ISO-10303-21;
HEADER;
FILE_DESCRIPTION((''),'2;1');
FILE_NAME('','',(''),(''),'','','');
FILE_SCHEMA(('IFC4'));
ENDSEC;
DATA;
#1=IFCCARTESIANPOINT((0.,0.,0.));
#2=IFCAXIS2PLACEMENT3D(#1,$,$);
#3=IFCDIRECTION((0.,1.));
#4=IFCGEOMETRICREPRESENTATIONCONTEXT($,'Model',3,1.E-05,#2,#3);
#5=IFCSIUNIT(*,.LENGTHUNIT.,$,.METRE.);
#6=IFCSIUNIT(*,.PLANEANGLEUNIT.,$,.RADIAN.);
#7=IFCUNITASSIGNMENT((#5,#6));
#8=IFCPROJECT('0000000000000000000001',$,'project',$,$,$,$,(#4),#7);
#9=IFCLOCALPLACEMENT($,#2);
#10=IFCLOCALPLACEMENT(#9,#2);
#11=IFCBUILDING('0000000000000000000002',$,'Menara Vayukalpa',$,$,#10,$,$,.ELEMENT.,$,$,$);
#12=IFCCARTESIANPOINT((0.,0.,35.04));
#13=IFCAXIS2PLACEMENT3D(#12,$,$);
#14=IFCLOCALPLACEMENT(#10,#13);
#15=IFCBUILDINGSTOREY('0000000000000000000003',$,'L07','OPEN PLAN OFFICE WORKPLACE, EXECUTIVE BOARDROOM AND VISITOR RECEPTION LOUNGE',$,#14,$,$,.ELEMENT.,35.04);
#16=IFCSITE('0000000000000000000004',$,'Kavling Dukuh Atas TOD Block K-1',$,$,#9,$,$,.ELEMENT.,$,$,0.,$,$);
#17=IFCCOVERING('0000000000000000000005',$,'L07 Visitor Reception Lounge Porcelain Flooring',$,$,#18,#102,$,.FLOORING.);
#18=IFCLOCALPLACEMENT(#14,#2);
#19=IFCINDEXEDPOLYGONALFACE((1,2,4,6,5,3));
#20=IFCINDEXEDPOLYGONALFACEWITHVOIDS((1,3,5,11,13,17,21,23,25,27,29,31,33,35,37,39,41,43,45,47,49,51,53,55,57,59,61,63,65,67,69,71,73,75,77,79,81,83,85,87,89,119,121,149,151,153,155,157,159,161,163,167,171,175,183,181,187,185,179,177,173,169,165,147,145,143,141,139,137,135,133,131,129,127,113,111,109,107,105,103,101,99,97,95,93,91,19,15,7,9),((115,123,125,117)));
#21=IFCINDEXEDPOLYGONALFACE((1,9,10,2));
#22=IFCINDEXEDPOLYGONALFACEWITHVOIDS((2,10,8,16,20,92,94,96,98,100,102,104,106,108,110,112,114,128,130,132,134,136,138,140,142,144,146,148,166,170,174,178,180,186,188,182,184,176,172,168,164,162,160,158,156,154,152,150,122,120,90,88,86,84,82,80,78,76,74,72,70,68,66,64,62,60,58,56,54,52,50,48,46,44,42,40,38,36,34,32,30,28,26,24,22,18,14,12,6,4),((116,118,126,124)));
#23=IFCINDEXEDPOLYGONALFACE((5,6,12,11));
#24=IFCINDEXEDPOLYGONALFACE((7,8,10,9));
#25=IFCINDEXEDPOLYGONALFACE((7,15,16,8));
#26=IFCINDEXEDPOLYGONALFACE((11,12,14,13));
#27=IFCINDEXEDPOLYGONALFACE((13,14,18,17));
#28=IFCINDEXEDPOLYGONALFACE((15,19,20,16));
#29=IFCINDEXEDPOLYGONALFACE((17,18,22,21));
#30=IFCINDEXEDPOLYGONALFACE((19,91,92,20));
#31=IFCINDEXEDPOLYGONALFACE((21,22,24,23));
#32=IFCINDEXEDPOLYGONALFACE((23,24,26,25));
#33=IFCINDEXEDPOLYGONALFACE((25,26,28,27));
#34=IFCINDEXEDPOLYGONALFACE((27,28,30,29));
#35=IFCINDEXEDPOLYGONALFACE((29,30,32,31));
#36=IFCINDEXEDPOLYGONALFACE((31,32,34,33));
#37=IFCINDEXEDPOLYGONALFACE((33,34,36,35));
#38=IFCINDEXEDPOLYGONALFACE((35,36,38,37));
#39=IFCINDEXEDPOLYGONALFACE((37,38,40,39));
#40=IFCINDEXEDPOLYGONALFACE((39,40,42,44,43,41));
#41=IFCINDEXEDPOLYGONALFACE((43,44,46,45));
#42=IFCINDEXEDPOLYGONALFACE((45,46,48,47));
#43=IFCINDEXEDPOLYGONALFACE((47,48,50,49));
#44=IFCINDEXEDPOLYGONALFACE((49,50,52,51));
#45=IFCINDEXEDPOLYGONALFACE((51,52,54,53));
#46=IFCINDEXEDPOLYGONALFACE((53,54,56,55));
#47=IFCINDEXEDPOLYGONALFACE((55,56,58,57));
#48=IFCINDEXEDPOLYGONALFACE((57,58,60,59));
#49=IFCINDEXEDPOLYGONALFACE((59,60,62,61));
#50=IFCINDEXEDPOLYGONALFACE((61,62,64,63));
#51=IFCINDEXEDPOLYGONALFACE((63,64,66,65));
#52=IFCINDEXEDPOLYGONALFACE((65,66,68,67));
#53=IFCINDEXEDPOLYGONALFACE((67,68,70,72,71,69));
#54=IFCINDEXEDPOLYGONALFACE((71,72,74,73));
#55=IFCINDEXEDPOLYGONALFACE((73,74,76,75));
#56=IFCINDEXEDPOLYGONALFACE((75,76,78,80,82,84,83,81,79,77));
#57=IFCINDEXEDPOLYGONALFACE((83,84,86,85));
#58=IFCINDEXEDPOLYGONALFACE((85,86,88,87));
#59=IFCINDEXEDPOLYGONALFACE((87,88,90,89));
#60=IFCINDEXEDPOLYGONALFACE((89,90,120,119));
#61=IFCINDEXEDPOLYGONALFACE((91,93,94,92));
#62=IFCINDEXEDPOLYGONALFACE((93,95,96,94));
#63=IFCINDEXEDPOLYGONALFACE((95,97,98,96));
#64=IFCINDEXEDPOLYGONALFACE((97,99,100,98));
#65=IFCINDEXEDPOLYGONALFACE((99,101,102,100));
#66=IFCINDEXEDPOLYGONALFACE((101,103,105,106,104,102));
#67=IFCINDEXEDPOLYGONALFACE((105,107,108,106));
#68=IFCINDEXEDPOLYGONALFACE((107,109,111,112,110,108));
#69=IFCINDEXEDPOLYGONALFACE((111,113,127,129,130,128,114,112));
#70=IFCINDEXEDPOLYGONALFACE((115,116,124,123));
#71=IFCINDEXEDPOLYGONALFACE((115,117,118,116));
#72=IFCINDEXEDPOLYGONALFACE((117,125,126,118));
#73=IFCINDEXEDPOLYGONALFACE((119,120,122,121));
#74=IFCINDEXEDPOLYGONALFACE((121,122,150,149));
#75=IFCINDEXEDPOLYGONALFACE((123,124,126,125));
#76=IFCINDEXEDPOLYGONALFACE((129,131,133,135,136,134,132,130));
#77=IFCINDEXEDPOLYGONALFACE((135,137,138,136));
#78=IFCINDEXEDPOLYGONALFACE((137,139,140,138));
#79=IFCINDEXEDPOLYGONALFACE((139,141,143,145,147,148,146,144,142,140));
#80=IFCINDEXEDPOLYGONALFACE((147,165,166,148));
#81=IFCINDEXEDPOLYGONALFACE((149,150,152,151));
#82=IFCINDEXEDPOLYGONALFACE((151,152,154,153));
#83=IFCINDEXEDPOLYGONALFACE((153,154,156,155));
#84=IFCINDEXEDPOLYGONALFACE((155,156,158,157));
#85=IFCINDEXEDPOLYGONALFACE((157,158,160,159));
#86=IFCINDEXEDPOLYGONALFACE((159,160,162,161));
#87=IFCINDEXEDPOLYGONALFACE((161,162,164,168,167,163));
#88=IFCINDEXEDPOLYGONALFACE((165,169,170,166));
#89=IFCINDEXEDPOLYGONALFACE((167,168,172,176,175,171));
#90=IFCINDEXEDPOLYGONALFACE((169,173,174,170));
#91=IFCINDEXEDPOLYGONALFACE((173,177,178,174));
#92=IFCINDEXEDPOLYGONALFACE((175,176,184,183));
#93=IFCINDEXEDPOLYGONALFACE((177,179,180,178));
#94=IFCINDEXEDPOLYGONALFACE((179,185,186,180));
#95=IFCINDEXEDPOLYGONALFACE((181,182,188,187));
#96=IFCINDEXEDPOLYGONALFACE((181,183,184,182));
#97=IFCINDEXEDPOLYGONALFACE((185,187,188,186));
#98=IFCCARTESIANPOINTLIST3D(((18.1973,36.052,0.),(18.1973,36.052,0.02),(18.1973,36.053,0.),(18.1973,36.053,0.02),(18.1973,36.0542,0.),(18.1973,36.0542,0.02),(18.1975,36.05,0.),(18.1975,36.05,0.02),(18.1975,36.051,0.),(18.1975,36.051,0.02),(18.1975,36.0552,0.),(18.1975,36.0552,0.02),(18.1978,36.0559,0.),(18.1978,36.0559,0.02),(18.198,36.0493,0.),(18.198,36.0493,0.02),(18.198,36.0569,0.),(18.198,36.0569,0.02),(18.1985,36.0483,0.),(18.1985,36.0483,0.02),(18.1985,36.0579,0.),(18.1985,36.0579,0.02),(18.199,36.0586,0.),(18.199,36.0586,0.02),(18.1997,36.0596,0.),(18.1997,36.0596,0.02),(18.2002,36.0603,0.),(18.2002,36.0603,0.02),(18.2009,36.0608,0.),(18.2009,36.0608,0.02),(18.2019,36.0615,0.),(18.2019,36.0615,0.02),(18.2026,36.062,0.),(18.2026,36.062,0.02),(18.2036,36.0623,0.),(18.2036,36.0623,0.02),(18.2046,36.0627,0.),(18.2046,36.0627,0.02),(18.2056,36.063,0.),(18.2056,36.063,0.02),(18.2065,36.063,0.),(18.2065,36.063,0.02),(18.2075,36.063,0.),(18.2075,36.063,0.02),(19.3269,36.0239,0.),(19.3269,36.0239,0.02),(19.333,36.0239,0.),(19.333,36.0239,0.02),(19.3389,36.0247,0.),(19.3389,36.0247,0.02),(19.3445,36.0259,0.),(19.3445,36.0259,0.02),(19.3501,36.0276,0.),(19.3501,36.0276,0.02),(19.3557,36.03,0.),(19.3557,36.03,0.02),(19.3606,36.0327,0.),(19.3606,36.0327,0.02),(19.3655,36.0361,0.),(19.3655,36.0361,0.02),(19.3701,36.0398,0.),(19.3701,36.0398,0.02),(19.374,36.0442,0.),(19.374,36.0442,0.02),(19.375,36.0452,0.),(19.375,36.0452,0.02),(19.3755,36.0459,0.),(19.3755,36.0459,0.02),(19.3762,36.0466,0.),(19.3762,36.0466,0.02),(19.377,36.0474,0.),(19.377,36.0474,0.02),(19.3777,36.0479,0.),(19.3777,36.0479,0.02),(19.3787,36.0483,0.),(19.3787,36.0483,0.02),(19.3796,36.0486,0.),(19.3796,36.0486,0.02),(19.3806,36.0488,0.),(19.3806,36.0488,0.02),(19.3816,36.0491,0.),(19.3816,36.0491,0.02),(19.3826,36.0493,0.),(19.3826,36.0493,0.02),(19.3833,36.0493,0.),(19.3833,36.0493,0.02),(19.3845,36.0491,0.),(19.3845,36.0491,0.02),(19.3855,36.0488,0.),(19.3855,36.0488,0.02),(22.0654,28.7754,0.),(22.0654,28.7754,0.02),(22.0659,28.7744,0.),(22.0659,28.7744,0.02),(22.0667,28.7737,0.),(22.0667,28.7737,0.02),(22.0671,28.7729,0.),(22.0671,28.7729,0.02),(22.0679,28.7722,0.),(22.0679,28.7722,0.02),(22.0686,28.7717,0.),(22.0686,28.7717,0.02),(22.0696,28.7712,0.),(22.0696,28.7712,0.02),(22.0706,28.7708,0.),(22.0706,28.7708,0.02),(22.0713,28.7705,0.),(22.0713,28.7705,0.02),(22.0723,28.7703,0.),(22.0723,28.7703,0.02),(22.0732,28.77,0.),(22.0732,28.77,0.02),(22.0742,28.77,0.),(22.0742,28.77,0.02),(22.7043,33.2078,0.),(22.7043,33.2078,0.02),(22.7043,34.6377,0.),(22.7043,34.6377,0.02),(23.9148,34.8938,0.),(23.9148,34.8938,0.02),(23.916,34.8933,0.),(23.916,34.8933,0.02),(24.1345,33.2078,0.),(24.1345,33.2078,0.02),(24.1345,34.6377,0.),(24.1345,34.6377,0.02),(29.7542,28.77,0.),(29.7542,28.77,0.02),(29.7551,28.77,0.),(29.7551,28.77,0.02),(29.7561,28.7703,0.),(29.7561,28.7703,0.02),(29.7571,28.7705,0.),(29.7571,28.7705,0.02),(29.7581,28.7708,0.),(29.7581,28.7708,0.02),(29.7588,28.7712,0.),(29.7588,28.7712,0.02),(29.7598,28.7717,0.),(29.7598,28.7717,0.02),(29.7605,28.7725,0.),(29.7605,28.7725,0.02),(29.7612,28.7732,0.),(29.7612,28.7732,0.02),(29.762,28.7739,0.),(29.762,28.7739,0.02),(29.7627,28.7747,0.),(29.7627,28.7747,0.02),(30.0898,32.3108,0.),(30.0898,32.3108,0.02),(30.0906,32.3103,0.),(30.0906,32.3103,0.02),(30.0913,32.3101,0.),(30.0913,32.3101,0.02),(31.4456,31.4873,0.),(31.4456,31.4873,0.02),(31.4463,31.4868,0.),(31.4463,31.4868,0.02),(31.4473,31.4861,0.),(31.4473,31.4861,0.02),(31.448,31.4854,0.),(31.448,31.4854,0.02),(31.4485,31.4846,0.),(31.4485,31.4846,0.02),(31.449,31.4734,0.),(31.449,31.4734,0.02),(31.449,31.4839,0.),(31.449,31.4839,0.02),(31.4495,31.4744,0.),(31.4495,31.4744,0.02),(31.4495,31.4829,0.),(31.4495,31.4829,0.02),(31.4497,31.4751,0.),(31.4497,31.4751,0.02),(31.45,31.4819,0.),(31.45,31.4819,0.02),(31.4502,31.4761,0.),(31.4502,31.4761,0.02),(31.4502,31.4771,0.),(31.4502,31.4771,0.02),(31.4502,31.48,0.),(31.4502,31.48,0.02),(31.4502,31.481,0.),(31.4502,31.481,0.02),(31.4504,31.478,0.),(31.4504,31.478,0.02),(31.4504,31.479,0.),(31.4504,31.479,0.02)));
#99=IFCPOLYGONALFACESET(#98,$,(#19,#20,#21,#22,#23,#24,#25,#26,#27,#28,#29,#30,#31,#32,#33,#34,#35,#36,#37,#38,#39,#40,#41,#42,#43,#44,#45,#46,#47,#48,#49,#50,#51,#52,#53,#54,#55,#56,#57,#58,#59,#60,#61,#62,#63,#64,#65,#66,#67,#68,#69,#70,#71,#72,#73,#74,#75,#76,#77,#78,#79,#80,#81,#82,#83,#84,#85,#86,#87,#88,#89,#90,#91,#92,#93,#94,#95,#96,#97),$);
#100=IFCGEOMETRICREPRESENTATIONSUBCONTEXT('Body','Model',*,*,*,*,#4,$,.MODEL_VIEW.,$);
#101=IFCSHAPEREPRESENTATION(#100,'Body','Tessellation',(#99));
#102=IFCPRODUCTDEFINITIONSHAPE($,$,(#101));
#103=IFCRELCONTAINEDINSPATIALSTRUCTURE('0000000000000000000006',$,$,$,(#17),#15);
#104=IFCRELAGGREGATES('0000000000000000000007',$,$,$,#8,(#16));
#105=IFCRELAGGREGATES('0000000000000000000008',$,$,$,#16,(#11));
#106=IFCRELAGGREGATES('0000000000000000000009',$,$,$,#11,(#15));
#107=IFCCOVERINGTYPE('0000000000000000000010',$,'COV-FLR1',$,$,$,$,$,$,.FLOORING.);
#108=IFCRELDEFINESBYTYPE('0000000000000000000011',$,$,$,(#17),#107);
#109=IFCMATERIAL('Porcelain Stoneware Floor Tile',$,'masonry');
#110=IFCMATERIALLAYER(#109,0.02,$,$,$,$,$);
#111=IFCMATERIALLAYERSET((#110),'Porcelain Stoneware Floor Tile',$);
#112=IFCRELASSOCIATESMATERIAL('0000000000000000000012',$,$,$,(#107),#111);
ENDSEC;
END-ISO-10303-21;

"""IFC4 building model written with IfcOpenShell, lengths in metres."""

from ifc_helpers import new_model, si_unit, direction, frame, origin, place, context, subcontext, project, spatial, polyline, outline, extrude, material, layer, layer_set, type_object, element, save


model = new_model("IFC4")

# Units and contexts
model_context = context("Model", 3, precision=1e-05, world=origin(), true_north=direction((0.0, 1.0)))
body_context = subcontext(model_context, "Body", "Model", "MODEL_VIEW")
ifc_project = project(units=[si_unit("LENGTHUNIT", "METRE"), si_unit("PLANEANGLEUNIT", "RADIAN")], contexts=[model_context])

# Site, building, storey
site_placement = place(None, origin())
site = spatial("IfcSite", under=ifc_project, at=site_placement, Name="Kavling Dukuh Atas TOD Block K-1", CompositionType="ELEMENT", RefElevation=0.0)
building_placement = place(site_placement, origin())
building = spatial("IfcBuilding", under=site, at=building_placement, Name="Menara Vayukalpa", CompositionType="ELEMENT")
storey_placement = place(building_placement, frame((0.0, 0.0, 35.04)))
storey = spatial("IfcBuildingStorey", under=building, at=storey_placement, Name="L07", Description="OPEN PLAN OFFICE WORKPLACE, EXECUTIVE BOARDROOM AND VISITOR RECEPTION LOUNGE", CompositionType="ELEMENT", Elevation=35.04)

# Covering
ifc_material_1 = material(Name="Porcelain Stoneware Floor Tile", Category="masonry")
ifc_layer_1 = layer(ifc_material_1, 0.02)
ifc_layer_set_1 = layer_set([ifc_layer_1], Name="Porcelain Stoneware Floor Tile")
covering_type_1 = type_object("IfcCoveringType", Name="COV-FLR1", PredefinedType="FLOORING", material=ifc_layer_set_1)
covering_1_placement = place(storey_placement, origin())
element("IfcCovering", 1, at=covering_1_placement, inside=storey, type_object=covering_type_1, Name="L07 Visitor Reception Lounge Porcelain Flooring", PredefinedType="FLOORING", context=body_context, shape_type="SweptSolid", body=[
    extrude(outline(polyline([(30.0898, 32.3108), (30.0906, 32.3103), (30.0913, 32.3101), (31.4456, 31.4873), (31.4463, 31.4868), (31.4473, 31.4861), (31.448, 31.4854), (31.4485, 31.4846), (31.449, 31.4839), (31.4495, 31.4829), (31.45, 31.4819), (31.4502, 31.481), (31.4502, 31.48), (31.4504, 31.479), (31.4504, 31.478), (31.4502, 31.4771), (31.4502, 31.4761), (31.4497, 31.4751), (31.4495, 31.4744), (31.449, 31.4734), (29.7627, 28.7747), (29.762, 28.7739), (29.7612, 28.7732), (29.7605, 28.7725), (29.7598, 28.7717), (29.7588, 28.7712), (29.7581, 28.7708), (29.7571, 28.7705), (29.7561, 28.7703), (29.7551, 28.77), (29.7542, 28.77), (22.0742, 28.77), (22.0732, 28.77), (22.0723, 28.7703), (22.0713, 28.7705), (22.0706, 28.7708), (22.0696, 28.7712), (22.0686, 28.7717), (22.0679, 28.7722), (22.0671, 28.7729), (22.0667, 28.7737), (22.0659, 28.7744), (22.0654, 28.7754), (18.1985, 36.0483), (18.198, 36.0493), (18.1975, 36.05), (18.1975, 36.051), (18.1973, 36.052), (18.1973, 36.053), (18.1973, 36.0542), (18.1975, 36.0552), (18.1978, 36.0559), (18.198, 36.0569), (18.1985, 36.0579), (18.199, 36.0586), (18.1997, 36.0596), (18.2002, 36.0603), (18.2009, 36.0608), (18.2019, 36.0615), (18.2026, 36.062), (18.2036, 36.0623), (18.2046, 36.0627), (18.2056, 36.063), (18.2065, 36.063), (18.2075, 36.063), (19.3269, 36.0239), (19.333, 36.0239), (19.3389, 36.0247), (19.3445, 36.0259), (19.3501, 36.0276), (19.3557, 36.03), (19.3606, 36.0327), (19.3655, 36.0361), (19.3701, 36.0398), (19.374, 36.0442), (19.375, 36.0452), (19.3755, 36.0459), (19.3762, 36.0466), (19.377, 36.0474), (19.3777, 36.0479), (19.3787, 36.0483), (19.3796, 36.0486), (19.3806, 36.0488), (19.3816, 36.0491), (19.3826, 36.0493), (19.3833, 36.0493), (19.3845, 36.0491), (19.3855, 36.0488), (23.9148, 34.8938), (23.916, 34.8933), (30.0898, 32.3108)]), holes=[polyline([(24.1345, 33.2078), (24.1345, 34.6377), (22.7043, 34.6377), (22.7043, 33.2078), (24.1345, 33.2078)])]), origin(), (0.0, 0.0, 1.0), 0.02),
])

save(model, "model.ifc")
